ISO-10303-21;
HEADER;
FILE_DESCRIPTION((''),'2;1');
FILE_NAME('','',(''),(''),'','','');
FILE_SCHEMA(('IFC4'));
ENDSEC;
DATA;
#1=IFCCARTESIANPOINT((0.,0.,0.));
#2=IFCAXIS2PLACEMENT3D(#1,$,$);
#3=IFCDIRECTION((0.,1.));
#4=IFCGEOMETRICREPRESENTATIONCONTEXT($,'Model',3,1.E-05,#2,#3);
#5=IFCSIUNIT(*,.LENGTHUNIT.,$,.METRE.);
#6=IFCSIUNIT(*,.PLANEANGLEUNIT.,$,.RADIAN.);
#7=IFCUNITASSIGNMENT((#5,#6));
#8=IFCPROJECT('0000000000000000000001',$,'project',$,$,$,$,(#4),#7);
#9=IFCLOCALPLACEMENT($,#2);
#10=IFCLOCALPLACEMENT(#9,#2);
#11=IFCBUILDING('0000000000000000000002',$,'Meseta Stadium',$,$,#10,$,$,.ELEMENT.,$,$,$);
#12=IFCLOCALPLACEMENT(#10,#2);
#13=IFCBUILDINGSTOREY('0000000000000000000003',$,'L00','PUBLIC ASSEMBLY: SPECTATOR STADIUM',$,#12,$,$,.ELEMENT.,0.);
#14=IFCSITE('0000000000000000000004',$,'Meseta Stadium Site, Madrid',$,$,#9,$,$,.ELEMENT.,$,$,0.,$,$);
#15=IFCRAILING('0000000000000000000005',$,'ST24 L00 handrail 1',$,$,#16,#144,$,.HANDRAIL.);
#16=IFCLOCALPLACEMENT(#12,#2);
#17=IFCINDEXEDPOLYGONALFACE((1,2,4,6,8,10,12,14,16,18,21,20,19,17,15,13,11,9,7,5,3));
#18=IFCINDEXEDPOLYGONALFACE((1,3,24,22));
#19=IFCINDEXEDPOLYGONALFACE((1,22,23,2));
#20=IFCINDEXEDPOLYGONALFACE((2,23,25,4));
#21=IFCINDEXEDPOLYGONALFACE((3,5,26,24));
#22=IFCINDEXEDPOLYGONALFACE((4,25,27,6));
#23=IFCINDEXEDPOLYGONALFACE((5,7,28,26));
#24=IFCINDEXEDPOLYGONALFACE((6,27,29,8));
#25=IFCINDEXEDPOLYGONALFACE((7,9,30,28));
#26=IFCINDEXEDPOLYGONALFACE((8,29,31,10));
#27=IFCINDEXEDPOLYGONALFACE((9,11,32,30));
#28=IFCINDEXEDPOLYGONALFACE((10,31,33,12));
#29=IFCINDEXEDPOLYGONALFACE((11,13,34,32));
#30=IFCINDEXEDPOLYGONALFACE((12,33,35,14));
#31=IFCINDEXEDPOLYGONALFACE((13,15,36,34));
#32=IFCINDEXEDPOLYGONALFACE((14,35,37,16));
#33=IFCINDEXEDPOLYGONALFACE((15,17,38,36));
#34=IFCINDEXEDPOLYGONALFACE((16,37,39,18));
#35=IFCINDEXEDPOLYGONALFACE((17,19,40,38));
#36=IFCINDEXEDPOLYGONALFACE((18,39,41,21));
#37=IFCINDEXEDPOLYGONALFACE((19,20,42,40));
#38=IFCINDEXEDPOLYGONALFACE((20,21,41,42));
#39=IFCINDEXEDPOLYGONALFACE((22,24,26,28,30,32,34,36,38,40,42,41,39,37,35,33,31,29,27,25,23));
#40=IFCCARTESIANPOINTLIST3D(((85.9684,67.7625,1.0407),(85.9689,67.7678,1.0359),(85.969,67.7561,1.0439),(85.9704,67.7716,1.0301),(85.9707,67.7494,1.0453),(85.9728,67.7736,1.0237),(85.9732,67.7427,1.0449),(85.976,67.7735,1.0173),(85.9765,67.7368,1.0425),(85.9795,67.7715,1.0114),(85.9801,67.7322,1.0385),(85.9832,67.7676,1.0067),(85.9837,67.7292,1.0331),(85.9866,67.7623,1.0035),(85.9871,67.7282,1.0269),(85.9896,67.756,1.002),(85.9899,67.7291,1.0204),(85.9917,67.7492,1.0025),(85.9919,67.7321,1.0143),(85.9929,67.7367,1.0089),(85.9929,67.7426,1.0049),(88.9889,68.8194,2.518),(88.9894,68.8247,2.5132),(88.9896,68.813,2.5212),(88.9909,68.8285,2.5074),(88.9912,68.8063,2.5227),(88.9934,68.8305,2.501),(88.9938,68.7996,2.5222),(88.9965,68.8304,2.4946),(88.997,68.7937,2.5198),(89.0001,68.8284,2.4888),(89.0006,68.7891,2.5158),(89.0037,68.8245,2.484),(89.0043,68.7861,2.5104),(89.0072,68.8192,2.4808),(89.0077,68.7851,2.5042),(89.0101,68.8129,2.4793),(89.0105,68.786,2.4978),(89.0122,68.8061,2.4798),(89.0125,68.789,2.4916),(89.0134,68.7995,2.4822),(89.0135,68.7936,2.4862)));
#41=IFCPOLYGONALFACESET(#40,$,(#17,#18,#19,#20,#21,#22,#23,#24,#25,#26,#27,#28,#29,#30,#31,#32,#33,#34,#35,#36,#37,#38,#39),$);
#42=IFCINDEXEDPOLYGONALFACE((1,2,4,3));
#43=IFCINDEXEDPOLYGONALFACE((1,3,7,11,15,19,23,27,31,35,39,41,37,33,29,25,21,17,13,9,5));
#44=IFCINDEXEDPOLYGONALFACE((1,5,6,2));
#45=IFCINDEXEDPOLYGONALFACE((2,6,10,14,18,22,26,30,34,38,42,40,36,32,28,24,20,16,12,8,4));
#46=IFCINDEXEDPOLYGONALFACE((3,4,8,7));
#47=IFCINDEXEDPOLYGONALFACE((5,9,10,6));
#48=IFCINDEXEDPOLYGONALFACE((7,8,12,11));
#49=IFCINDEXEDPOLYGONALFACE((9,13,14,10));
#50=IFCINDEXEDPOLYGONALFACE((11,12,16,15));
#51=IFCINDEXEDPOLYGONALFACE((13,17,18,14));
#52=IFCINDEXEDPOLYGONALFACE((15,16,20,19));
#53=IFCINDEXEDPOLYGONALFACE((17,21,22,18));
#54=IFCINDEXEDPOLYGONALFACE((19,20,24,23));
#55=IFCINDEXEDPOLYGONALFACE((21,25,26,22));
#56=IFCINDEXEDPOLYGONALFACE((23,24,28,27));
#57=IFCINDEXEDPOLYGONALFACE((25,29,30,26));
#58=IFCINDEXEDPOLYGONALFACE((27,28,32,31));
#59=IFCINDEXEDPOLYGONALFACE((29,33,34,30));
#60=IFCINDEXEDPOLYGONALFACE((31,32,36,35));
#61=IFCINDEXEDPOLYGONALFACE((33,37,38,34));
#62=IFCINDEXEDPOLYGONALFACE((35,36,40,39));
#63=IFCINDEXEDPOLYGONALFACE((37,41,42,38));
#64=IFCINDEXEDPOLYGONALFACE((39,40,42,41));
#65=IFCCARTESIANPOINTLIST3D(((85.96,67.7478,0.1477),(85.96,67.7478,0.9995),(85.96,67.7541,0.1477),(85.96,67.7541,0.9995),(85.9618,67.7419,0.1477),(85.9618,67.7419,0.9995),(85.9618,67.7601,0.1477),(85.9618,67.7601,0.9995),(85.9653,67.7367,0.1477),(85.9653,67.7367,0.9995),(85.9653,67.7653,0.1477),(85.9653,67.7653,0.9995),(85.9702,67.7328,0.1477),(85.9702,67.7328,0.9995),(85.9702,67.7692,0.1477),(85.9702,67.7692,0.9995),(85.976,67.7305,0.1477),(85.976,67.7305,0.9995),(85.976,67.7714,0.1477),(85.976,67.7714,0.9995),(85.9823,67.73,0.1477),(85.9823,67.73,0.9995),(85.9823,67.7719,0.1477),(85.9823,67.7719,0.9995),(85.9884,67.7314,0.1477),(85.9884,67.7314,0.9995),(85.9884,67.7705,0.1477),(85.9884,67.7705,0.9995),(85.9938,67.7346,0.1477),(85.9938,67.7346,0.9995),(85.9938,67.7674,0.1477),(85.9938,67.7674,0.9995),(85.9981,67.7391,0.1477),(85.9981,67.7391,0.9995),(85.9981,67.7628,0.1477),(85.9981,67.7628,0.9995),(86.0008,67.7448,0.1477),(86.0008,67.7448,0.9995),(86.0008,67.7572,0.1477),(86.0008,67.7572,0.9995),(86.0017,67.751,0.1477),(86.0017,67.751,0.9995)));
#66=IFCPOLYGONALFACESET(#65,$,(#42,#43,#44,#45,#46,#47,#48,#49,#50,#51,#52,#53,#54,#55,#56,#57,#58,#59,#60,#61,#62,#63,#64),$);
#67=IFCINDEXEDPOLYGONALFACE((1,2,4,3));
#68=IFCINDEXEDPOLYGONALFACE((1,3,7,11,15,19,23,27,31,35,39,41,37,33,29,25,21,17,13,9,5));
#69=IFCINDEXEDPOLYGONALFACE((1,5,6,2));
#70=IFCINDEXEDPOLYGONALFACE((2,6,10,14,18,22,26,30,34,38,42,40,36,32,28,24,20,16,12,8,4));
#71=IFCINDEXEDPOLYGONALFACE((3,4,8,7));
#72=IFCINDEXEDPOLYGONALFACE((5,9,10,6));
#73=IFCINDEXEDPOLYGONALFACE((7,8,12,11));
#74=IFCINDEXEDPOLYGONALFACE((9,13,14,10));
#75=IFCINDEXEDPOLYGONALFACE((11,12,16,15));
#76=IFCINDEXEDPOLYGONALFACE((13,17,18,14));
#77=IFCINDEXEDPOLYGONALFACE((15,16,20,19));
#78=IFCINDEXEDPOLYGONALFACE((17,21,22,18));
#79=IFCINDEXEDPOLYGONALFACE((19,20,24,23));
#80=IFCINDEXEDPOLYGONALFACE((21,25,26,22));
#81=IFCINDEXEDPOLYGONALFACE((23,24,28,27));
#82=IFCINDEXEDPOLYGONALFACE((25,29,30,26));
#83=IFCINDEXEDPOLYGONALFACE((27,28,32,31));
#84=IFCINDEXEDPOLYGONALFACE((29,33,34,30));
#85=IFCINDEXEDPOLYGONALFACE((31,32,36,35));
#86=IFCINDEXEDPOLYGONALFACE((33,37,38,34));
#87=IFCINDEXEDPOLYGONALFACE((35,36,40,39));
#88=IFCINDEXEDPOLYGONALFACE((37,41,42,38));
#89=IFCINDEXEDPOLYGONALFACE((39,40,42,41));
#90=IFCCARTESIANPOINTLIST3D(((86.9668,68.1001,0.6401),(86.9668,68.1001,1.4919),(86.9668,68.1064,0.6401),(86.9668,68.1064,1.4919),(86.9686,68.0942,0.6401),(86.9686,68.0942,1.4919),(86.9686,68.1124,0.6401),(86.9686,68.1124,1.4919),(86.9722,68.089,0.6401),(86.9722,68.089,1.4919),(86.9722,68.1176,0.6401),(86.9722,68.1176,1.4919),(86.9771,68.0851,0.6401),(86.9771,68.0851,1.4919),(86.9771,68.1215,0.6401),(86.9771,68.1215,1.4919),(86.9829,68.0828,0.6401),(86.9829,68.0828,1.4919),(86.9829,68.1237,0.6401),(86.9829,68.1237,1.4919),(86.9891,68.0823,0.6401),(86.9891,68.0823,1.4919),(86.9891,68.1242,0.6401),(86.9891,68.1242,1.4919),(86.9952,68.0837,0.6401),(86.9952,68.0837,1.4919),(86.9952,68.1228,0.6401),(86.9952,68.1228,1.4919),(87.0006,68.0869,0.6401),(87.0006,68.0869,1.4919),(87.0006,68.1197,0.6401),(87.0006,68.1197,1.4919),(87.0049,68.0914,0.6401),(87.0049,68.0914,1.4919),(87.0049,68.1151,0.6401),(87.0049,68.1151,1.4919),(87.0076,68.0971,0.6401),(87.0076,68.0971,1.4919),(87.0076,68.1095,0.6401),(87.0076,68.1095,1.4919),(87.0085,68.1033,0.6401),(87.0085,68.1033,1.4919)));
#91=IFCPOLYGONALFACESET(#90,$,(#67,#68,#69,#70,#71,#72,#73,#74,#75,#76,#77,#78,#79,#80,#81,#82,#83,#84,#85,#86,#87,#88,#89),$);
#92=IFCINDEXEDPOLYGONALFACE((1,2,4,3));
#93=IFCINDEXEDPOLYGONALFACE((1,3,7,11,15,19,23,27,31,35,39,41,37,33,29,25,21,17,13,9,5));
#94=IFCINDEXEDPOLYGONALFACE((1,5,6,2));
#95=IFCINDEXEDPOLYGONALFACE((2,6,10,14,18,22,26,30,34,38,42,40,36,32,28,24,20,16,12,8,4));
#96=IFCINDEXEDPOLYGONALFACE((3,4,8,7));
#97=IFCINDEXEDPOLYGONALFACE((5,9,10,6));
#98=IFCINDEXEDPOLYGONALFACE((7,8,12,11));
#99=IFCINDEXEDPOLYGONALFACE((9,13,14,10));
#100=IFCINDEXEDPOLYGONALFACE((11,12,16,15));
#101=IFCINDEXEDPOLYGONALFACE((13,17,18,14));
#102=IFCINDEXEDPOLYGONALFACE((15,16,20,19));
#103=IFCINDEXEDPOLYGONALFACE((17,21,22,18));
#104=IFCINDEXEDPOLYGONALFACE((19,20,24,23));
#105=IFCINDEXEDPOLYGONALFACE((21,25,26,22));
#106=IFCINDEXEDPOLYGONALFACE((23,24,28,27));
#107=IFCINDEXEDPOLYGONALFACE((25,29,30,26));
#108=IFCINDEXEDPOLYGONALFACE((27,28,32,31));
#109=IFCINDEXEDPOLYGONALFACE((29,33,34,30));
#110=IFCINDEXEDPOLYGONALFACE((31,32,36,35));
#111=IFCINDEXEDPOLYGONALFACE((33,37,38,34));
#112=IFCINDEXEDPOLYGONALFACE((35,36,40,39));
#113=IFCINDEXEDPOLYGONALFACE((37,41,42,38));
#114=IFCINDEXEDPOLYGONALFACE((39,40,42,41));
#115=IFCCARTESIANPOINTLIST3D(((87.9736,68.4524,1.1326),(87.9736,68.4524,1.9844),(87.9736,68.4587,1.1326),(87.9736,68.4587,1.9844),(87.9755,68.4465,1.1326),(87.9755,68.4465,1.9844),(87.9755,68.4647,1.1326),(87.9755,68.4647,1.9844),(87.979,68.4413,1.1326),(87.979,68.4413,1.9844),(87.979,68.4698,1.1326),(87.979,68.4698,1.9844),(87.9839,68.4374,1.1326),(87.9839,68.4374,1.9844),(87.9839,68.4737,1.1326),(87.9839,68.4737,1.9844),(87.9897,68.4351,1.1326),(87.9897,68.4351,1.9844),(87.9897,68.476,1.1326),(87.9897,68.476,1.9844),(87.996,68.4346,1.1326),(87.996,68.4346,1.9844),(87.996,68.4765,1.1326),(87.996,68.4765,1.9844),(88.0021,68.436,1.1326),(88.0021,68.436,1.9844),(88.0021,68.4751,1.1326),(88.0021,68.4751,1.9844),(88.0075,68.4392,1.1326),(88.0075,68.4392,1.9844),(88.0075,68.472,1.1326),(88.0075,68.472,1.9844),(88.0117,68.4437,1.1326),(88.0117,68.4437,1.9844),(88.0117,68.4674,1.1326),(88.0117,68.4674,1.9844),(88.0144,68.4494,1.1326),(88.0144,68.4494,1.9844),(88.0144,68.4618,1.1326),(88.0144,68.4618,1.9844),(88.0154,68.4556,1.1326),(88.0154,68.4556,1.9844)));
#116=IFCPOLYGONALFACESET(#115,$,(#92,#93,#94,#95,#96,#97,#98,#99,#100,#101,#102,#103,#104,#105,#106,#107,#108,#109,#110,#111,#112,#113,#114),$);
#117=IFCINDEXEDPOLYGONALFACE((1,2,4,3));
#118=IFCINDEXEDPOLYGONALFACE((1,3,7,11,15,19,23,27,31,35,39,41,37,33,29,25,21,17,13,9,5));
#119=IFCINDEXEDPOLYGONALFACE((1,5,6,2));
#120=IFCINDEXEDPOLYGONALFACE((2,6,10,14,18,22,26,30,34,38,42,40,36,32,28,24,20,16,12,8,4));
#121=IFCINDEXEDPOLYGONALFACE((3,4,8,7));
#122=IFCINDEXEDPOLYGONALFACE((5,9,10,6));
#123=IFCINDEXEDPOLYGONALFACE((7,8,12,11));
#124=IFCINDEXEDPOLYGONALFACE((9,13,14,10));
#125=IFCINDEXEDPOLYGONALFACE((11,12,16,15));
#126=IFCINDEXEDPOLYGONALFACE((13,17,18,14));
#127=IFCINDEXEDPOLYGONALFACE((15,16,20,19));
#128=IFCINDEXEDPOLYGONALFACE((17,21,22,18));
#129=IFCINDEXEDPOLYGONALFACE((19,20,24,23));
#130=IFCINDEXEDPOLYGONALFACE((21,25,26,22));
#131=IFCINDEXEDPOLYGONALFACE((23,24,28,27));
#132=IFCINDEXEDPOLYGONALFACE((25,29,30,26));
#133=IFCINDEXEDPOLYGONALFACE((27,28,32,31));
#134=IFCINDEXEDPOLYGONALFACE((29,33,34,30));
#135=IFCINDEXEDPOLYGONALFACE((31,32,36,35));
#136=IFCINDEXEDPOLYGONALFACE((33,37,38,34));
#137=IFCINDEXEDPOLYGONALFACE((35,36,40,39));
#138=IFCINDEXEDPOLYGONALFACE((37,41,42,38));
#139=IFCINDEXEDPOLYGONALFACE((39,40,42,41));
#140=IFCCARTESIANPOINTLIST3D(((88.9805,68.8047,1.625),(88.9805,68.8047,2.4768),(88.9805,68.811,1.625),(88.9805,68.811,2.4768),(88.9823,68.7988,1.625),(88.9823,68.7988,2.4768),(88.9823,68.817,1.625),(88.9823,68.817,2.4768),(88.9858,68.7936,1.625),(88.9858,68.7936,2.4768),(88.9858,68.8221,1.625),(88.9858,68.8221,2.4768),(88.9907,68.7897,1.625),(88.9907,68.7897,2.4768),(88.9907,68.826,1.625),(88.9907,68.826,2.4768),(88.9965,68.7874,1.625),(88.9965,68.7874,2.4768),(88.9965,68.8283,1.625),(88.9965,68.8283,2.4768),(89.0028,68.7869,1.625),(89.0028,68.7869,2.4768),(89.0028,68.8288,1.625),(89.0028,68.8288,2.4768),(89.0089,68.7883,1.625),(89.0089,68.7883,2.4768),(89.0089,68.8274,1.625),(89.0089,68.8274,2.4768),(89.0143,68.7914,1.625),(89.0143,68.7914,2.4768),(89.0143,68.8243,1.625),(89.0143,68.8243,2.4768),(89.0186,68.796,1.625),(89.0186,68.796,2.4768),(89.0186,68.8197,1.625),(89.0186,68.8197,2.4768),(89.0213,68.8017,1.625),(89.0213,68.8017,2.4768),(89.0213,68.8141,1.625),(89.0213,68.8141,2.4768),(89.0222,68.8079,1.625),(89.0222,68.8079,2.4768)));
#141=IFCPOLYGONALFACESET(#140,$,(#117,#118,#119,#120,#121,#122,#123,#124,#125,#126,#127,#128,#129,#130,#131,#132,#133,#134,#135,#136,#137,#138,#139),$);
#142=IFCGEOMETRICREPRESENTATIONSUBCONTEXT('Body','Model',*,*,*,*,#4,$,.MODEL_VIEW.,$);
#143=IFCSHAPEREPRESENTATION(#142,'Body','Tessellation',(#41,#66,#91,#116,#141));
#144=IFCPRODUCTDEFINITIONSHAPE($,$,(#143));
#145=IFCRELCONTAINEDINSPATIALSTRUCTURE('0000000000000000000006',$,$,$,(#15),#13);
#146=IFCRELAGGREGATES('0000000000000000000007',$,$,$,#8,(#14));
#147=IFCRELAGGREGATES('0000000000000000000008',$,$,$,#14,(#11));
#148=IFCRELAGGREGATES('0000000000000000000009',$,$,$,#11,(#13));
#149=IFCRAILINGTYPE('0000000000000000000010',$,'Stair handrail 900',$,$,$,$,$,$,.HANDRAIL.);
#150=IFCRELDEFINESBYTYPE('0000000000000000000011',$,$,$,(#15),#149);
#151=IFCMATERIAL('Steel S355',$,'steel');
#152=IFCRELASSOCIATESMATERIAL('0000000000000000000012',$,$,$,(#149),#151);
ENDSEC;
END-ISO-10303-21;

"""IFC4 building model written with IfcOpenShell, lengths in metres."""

from ifc_helpers import new_model, si_unit, direction, frame, origin, origin_2d, place, context, subcontext, project, spatial, circle, extrude, material, type_object, element, save


model = new_model("IFC4")

# Units and contexts
model_context = context("Model", 3, precision=1e-05, world=origin(), true_north=direction((0.0, 1.0)))
body_context = subcontext(model_context, "Body", "Model", "MODEL_VIEW")
ifc_project = project(units=[si_unit("LENGTHUNIT", "METRE"), si_unit("PLANEANGLEUNIT", "RADIAN")], contexts=[model_context])

# Site, building, storey
site_placement = place(None, origin())
site = spatial("IfcSite", under=ifc_project, at=site_placement, Name="Meseta Stadium Site, Madrid", CompositionType="ELEMENT", RefElevation=0.0)
building_placement = place(site_placement, origin())
building = spatial("IfcBuilding", under=site, at=building_placement, Name="Meseta Stadium", CompositionType="ELEMENT")
storey_placement = place(building_placement, origin())
storey = spatial("IfcBuildingStorey", under=building, at=storey_placement, Name="L00", Description="PUBLIC ASSEMBLY: SPECTATOR STADIUM", CompositionType="ELEMENT", Elevation=0.0)

# Railing
ifc_material_1 = material(Name="Steel S355", Category="steel")
railing_type_1 = type_object("IfcRailingType", Name="Stair handrail 900", PredefinedType="HANDRAIL", material=ifc_material_1)
railing_1_placement = place(storey_placement, frame((85.9807, 67.751, 0.1477)))
element("IfcRailing", 1, at=railing_1_placement, inside=storey, type_object=railing_type_1, Name="ST24 L00 handrail 1", PredefinedType="HANDRAIL", context=body_context, shape_type="SweptSolid", body=[
    extrude(circle(Radius=0.0239, at=origin_2d()), frame((0.0, 0.0, 0.876), z_axis=(0.856977, 0.299859, 0.419137), x_axis=(-0.330269, 0.943887, 0.0)), (0.0, 0.0, 1.0), 3.5247),
    extrude(circle(Radius=0.021, at=origin_2d()), origin(), (0.0, 0.0, 1.0), 0.8518),
    extrude(circle(Radius=0.021, at=origin_2d()), frame((1.0068, 0.3523, 0.4924)), (0.0, 0.0, 1.0), 0.8518),
    extrude(circle(Radius=0.021, at=origin_2d()), frame((2.0137, 0.7046, 0.9849)), (0.0, 0.0, 1.0), 0.8518),
    extrude(circle(Radius=0.021, at=origin_2d()), frame((3.0205, 1.0569, 1.4773)), (0.0, 0.0, 1.0), 0.8518),
])

save(model, "model.ifc")
